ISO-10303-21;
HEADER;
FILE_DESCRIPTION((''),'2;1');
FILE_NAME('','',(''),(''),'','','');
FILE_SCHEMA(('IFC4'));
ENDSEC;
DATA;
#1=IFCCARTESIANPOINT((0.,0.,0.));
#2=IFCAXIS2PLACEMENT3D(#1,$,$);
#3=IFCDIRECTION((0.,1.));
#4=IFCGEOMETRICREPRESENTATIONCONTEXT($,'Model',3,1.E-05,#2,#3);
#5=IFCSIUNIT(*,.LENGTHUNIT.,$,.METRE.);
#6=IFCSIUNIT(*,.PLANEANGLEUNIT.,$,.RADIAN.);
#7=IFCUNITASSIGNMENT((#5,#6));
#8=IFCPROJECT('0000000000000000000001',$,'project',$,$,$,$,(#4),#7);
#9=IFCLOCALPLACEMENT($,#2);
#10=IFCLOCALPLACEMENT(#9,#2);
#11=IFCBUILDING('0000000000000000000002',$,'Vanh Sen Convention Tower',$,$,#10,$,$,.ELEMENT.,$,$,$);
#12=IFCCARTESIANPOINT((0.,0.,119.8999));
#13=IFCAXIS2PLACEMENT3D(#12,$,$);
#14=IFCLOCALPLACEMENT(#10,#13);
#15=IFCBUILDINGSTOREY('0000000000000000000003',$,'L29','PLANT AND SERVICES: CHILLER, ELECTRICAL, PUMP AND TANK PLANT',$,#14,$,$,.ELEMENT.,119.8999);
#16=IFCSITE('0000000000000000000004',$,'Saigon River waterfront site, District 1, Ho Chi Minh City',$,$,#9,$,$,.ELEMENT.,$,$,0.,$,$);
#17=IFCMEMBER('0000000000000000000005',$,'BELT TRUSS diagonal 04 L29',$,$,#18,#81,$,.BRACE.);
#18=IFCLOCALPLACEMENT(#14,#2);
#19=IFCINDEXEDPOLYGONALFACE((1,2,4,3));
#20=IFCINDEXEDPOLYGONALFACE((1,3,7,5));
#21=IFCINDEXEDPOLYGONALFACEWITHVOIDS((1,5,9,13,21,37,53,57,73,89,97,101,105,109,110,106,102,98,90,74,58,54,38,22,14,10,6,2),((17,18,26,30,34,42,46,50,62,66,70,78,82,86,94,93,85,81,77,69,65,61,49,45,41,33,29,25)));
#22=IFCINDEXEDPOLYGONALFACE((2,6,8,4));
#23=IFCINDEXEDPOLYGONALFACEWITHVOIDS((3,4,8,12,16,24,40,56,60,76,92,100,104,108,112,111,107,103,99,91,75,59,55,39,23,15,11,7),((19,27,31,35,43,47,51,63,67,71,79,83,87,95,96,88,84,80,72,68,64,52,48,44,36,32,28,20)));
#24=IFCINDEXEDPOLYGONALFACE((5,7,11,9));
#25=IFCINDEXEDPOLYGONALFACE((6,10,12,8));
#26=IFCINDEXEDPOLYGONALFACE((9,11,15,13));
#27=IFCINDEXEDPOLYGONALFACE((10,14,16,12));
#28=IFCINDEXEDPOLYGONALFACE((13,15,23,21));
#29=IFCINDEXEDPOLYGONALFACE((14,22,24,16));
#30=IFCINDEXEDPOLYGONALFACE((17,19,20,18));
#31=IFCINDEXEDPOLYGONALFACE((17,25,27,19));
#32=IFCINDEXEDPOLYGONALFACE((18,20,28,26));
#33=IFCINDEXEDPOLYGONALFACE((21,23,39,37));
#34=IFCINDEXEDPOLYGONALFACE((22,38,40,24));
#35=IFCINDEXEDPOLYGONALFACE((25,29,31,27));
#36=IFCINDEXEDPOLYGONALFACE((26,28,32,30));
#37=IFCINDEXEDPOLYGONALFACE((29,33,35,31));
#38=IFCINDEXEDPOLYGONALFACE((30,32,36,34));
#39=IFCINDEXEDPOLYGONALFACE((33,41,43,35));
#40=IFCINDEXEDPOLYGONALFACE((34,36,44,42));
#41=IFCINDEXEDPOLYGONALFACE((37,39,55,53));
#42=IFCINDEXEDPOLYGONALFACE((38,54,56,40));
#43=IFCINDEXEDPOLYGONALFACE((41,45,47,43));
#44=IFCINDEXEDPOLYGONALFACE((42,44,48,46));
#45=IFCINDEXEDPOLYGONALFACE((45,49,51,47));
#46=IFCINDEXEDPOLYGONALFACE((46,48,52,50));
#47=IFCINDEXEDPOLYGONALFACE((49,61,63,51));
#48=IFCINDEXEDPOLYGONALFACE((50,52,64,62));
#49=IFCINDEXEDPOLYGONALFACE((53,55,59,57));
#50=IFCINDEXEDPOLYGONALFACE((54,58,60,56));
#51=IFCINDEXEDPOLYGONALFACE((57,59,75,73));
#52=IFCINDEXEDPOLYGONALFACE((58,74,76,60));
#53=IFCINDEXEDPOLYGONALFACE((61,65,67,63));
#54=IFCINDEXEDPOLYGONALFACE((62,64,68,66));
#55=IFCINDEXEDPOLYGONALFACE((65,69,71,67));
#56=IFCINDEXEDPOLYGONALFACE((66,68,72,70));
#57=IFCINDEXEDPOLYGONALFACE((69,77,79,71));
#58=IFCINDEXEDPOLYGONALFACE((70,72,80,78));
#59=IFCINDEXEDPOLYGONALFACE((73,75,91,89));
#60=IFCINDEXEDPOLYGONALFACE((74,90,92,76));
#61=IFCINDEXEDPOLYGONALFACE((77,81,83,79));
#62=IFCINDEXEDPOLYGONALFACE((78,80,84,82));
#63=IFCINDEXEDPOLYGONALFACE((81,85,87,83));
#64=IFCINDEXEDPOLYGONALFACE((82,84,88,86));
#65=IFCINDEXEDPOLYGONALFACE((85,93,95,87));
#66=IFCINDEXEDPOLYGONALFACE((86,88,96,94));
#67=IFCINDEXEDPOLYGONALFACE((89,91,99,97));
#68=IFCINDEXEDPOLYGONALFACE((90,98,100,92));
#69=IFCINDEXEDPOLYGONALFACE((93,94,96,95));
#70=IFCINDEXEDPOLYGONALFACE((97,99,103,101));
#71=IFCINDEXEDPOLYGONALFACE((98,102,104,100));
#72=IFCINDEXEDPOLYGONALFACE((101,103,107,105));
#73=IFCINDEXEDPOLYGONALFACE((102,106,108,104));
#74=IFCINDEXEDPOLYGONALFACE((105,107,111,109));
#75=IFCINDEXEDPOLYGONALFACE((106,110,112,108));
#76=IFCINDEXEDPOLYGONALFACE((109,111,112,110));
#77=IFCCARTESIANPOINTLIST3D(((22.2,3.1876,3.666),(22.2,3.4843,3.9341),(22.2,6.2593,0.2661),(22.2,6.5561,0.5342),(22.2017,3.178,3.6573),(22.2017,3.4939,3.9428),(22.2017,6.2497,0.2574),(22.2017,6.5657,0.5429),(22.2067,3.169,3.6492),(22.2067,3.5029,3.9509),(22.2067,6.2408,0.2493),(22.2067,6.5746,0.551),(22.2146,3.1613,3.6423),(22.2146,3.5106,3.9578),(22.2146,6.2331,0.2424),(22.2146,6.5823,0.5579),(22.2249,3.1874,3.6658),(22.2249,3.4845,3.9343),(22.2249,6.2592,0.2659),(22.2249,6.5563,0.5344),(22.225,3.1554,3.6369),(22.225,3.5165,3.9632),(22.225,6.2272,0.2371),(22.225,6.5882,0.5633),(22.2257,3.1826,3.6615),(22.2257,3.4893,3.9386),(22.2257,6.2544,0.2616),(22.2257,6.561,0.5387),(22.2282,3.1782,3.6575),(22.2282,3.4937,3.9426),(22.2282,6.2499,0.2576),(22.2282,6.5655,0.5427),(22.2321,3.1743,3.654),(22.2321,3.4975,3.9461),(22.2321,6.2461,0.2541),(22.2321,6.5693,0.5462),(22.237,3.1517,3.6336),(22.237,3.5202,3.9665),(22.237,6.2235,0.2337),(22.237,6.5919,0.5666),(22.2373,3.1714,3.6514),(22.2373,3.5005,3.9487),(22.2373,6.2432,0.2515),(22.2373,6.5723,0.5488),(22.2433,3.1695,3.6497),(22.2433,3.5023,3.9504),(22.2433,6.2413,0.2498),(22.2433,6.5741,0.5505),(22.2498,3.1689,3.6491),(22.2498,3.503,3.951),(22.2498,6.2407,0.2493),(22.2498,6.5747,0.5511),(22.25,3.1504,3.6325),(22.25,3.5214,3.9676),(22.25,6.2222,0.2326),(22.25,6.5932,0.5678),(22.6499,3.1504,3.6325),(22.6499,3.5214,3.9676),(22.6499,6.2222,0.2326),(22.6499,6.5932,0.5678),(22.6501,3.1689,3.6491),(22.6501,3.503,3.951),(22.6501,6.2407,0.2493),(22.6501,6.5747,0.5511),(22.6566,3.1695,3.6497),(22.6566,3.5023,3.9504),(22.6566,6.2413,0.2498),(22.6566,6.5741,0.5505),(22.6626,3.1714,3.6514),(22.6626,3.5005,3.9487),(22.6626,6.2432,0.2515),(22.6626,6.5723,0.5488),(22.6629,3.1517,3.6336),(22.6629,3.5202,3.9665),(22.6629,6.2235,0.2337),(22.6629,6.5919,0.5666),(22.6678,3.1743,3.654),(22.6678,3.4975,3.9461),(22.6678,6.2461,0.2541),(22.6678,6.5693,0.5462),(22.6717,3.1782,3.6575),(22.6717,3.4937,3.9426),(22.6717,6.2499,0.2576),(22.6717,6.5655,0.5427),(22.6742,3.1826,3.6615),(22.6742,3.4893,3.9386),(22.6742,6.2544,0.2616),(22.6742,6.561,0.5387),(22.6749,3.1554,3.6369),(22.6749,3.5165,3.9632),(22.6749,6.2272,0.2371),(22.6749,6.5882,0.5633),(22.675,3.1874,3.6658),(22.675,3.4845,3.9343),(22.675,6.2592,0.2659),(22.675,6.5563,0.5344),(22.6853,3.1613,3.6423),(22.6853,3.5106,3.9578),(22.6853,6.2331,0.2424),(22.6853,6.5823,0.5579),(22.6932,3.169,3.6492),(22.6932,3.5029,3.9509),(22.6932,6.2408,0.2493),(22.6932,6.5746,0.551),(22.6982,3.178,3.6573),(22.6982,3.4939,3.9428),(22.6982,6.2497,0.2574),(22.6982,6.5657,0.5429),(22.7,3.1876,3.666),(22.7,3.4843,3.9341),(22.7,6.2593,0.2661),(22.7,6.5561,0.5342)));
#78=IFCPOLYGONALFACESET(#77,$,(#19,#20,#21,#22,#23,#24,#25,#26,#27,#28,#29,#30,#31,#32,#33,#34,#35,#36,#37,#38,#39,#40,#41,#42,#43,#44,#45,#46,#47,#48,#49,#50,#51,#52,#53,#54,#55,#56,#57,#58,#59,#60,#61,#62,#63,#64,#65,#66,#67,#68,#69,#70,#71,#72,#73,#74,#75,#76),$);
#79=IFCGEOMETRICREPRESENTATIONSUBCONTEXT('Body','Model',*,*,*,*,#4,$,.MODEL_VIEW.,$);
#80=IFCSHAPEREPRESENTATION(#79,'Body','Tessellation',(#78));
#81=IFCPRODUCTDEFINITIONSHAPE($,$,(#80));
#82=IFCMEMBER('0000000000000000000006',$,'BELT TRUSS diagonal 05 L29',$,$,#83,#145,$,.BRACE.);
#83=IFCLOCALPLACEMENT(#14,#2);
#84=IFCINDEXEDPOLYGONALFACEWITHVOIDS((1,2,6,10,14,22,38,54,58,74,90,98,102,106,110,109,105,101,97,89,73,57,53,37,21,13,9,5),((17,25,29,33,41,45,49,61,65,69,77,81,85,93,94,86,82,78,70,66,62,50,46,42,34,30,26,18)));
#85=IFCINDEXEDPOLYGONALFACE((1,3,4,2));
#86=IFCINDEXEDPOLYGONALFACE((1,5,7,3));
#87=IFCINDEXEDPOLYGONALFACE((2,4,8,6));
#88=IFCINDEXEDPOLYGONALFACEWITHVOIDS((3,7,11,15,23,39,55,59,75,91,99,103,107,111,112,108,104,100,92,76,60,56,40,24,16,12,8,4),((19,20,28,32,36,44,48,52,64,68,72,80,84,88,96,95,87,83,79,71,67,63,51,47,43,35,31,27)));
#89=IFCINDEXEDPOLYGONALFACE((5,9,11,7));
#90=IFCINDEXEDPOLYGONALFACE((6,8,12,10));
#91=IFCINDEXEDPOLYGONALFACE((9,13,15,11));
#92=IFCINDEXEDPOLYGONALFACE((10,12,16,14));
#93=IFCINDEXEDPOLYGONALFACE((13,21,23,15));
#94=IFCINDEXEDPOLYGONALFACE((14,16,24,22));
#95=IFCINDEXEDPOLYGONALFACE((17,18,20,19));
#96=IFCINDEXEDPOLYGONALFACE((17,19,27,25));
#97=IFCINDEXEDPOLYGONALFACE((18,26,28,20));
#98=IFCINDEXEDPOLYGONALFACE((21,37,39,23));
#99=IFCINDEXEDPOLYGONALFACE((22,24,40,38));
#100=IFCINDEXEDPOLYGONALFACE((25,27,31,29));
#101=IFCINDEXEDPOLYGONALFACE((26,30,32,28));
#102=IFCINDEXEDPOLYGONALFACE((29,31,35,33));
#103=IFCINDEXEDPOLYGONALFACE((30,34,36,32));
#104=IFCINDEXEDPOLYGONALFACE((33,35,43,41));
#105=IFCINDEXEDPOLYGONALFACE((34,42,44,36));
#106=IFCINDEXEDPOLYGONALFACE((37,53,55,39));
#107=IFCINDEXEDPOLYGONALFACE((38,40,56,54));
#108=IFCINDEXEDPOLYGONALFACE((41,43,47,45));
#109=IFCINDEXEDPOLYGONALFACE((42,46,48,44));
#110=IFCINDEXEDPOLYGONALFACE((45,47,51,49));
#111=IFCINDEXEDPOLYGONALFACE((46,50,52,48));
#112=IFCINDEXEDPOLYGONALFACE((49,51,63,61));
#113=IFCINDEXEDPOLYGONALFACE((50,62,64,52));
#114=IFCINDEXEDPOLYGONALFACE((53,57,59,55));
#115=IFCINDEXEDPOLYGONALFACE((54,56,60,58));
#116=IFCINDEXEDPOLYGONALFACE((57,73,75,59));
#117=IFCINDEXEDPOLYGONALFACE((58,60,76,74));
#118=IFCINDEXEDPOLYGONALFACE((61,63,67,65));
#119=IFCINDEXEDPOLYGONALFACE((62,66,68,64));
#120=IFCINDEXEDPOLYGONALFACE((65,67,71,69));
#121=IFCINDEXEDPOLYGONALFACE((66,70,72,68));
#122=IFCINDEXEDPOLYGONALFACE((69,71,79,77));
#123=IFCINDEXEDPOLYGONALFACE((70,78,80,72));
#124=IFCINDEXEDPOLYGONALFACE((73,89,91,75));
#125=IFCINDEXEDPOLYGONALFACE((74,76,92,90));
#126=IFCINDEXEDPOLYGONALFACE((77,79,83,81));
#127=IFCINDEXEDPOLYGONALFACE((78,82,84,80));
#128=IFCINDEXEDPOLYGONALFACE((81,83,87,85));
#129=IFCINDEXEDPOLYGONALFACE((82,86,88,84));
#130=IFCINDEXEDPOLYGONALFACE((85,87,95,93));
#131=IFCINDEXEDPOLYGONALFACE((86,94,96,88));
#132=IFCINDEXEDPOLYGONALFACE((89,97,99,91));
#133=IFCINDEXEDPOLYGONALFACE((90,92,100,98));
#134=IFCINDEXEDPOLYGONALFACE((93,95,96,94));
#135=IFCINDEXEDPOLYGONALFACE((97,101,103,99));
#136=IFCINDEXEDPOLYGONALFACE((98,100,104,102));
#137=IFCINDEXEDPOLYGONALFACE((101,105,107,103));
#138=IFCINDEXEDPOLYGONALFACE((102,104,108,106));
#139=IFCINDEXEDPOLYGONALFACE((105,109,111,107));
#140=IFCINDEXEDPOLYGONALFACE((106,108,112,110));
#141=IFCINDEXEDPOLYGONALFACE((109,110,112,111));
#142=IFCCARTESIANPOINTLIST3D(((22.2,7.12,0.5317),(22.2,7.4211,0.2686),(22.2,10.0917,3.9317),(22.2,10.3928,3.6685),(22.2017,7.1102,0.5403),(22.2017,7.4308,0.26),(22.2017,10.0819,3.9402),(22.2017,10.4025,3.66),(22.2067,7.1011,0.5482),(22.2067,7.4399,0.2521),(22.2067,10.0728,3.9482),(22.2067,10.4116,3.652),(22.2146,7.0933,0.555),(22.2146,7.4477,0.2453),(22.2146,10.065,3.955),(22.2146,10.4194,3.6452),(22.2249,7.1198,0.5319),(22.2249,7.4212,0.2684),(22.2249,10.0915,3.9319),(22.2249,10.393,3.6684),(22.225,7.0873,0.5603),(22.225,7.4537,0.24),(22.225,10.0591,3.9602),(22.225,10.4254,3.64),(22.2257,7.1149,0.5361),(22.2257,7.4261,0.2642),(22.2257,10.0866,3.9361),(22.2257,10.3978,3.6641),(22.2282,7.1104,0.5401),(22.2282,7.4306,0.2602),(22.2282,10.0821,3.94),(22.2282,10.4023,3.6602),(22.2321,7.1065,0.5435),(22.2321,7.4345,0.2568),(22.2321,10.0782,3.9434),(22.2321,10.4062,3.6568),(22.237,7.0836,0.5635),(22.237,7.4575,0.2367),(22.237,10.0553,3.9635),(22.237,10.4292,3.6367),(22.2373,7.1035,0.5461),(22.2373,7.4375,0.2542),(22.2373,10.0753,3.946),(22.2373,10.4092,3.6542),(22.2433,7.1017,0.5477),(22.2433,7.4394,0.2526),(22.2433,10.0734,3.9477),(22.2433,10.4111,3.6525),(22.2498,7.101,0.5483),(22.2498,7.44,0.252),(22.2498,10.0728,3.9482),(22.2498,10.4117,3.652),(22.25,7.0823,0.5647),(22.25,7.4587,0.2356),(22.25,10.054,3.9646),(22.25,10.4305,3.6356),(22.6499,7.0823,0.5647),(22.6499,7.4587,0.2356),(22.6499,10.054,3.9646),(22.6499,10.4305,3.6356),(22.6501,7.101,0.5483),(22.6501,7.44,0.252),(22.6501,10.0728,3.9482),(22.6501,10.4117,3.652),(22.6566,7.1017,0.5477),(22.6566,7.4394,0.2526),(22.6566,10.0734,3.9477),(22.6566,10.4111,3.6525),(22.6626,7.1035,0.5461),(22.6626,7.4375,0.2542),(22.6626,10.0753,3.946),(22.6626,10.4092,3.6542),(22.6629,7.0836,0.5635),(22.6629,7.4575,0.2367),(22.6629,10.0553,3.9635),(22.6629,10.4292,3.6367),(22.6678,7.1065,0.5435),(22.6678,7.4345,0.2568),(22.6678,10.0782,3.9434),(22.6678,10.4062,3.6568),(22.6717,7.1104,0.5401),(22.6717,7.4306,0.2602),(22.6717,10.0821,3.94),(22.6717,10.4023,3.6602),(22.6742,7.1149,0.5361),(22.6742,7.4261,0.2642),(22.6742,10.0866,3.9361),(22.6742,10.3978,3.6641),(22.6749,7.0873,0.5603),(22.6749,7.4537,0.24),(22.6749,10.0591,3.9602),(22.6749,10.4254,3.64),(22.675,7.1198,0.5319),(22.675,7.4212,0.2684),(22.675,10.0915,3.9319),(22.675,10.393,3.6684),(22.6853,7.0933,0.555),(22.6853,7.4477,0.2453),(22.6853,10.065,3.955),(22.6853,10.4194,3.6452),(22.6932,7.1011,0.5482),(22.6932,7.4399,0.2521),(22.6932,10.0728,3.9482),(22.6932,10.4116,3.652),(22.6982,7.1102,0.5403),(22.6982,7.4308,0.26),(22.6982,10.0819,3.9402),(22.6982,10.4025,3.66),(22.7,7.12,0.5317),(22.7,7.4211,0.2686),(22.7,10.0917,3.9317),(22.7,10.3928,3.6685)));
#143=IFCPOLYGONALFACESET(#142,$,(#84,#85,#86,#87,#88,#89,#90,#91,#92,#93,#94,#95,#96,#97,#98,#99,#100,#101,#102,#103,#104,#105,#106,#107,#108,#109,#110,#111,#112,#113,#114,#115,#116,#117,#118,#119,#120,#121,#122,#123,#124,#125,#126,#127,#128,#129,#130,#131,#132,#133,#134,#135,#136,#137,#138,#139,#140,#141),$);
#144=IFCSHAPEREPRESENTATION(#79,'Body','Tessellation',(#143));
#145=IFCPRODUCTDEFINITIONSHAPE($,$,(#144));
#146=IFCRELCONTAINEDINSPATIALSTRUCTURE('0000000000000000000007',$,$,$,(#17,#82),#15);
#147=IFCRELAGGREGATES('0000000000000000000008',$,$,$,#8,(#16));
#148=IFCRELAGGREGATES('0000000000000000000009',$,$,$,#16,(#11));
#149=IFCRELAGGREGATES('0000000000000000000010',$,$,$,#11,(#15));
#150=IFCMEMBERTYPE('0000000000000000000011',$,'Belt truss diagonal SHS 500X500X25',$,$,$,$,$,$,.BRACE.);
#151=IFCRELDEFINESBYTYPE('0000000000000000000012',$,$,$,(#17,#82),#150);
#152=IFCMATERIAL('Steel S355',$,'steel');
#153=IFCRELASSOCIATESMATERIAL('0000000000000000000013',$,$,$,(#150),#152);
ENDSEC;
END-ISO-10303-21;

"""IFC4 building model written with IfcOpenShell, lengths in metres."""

from ifc_helpers import new_model, si_unit, direction, frame, origin, origin_2d, place, context, subcontext, project, spatial, hollow_rectangle, extrude, material, material_profile, profile_set, type_object, element, save


model = new_model("IFC4")

# Units and contexts
model_context = context("Model", 3, precision=1e-05, world=origin(), true_north=direction((0.0, 1.0)))
body_context = subcontext(model_context, "Body", "Model", "MODEL_VIEW")
ifc_project = project(units=[si_unit("LENGTHUNIT", "METRE"), si_unit("PLANEANGLEUNIT", "RADIAN")], contexts=[model_context])

# Site, building, storey
site_placement = place(None, origin())
site = spatial("IfcSite", under=ifc_project, at=site_placement, Name="Saigon River waterfront site, District 1, Ho Chi Minh City", CompositionType="ELEMENT", RefElevation=0.0)
building_placement = place(site_placement, origin())
building = spatial("IfcBuilding", under=site, at=building_placement, Name="Vanh Sen Convention Tower", CompositionType="ELEMENT")
storey_placement = place(building_placement, frame((0.0, 0.0, 119.8999)))
storey = spatial("IfcBuildingStorey", under=building, at=storey_placement, Name="L29", Description="PLANT AND SERVICES: CHILLER, ELECTRICAL, PUMP AND TANK PLANT", CompositionType="ELEMENT", Elevation=119.8999)

# Members
ifc_material_1 = material(Name="Steel S355", Category="steel")
ifc_material_profile_1 = material_profile(ifc_material_1, hollow_rectangle(XDim=0.5, YDim=0.5, WallThickness=0.0249, InnerFilletRadius=0.0249, OuterFilletRadius=0.05, at=origin_2d()), Name="SHS 500X500X25")
ifc_profile_set_1 = profile_set([ifc_material_profile_1], Name="Steel S355")
member_type_1 = type_object("IfcMemberType", Name="Belt truss diagonal SHS 500X500X25", PredefinedType="BRACE", material=ifc_profile_set_1)
member_1_placement = place(storey_placement, frame((22.45, 3.3359, 3.8), z_axis=(0.0, 0.670394, -0.742005), x_axis=(-1.0, 0.0, 0.0)))
element("IfcMember", 1, at=member_1_placement, inside=storey, type_object=member_type_1, Name="BELT TRUSS diagonal 04 L29", PredefinedType="BRACE", context=body_context, shape_type="SweptSolid", body=[
    extrude(hollow_rectangle(XDim=0.5, YDim=0.5, WallThickness=0.0249, InnerFilletRadius=0.0249, OuterFilletRadius=0.05, at=origin_2d()), origin(), (0.0, 0.0, 1.0), 4.582),
])
member_2_placement = place(storey_placement, frame((22.45, 7.2705, 0.4001), z_axis=(0.0, 0.658099, 0.752932), x_axis=(-1.0, 0.0, 0.0)))
element("IfcMember", 2, at=member_2_placement, inside=storey, type_object=member_type_1, Name="BELT TRUSS diagonal 05 L29", PredefinedType="BRACE", context=body_context, shape_type="SweptSolid", body=[
    extrude(hollow_rectangle(XDim=0.5, YDim=0.5, WallThickness=0.0249, InnerFilletRadius=0.0249, OuterFilletRadius=0.05, at=origin_2d()), origin(), (0.0, 0.0, 1.0), 4.5156),
])

save(model, "model.ifc")
